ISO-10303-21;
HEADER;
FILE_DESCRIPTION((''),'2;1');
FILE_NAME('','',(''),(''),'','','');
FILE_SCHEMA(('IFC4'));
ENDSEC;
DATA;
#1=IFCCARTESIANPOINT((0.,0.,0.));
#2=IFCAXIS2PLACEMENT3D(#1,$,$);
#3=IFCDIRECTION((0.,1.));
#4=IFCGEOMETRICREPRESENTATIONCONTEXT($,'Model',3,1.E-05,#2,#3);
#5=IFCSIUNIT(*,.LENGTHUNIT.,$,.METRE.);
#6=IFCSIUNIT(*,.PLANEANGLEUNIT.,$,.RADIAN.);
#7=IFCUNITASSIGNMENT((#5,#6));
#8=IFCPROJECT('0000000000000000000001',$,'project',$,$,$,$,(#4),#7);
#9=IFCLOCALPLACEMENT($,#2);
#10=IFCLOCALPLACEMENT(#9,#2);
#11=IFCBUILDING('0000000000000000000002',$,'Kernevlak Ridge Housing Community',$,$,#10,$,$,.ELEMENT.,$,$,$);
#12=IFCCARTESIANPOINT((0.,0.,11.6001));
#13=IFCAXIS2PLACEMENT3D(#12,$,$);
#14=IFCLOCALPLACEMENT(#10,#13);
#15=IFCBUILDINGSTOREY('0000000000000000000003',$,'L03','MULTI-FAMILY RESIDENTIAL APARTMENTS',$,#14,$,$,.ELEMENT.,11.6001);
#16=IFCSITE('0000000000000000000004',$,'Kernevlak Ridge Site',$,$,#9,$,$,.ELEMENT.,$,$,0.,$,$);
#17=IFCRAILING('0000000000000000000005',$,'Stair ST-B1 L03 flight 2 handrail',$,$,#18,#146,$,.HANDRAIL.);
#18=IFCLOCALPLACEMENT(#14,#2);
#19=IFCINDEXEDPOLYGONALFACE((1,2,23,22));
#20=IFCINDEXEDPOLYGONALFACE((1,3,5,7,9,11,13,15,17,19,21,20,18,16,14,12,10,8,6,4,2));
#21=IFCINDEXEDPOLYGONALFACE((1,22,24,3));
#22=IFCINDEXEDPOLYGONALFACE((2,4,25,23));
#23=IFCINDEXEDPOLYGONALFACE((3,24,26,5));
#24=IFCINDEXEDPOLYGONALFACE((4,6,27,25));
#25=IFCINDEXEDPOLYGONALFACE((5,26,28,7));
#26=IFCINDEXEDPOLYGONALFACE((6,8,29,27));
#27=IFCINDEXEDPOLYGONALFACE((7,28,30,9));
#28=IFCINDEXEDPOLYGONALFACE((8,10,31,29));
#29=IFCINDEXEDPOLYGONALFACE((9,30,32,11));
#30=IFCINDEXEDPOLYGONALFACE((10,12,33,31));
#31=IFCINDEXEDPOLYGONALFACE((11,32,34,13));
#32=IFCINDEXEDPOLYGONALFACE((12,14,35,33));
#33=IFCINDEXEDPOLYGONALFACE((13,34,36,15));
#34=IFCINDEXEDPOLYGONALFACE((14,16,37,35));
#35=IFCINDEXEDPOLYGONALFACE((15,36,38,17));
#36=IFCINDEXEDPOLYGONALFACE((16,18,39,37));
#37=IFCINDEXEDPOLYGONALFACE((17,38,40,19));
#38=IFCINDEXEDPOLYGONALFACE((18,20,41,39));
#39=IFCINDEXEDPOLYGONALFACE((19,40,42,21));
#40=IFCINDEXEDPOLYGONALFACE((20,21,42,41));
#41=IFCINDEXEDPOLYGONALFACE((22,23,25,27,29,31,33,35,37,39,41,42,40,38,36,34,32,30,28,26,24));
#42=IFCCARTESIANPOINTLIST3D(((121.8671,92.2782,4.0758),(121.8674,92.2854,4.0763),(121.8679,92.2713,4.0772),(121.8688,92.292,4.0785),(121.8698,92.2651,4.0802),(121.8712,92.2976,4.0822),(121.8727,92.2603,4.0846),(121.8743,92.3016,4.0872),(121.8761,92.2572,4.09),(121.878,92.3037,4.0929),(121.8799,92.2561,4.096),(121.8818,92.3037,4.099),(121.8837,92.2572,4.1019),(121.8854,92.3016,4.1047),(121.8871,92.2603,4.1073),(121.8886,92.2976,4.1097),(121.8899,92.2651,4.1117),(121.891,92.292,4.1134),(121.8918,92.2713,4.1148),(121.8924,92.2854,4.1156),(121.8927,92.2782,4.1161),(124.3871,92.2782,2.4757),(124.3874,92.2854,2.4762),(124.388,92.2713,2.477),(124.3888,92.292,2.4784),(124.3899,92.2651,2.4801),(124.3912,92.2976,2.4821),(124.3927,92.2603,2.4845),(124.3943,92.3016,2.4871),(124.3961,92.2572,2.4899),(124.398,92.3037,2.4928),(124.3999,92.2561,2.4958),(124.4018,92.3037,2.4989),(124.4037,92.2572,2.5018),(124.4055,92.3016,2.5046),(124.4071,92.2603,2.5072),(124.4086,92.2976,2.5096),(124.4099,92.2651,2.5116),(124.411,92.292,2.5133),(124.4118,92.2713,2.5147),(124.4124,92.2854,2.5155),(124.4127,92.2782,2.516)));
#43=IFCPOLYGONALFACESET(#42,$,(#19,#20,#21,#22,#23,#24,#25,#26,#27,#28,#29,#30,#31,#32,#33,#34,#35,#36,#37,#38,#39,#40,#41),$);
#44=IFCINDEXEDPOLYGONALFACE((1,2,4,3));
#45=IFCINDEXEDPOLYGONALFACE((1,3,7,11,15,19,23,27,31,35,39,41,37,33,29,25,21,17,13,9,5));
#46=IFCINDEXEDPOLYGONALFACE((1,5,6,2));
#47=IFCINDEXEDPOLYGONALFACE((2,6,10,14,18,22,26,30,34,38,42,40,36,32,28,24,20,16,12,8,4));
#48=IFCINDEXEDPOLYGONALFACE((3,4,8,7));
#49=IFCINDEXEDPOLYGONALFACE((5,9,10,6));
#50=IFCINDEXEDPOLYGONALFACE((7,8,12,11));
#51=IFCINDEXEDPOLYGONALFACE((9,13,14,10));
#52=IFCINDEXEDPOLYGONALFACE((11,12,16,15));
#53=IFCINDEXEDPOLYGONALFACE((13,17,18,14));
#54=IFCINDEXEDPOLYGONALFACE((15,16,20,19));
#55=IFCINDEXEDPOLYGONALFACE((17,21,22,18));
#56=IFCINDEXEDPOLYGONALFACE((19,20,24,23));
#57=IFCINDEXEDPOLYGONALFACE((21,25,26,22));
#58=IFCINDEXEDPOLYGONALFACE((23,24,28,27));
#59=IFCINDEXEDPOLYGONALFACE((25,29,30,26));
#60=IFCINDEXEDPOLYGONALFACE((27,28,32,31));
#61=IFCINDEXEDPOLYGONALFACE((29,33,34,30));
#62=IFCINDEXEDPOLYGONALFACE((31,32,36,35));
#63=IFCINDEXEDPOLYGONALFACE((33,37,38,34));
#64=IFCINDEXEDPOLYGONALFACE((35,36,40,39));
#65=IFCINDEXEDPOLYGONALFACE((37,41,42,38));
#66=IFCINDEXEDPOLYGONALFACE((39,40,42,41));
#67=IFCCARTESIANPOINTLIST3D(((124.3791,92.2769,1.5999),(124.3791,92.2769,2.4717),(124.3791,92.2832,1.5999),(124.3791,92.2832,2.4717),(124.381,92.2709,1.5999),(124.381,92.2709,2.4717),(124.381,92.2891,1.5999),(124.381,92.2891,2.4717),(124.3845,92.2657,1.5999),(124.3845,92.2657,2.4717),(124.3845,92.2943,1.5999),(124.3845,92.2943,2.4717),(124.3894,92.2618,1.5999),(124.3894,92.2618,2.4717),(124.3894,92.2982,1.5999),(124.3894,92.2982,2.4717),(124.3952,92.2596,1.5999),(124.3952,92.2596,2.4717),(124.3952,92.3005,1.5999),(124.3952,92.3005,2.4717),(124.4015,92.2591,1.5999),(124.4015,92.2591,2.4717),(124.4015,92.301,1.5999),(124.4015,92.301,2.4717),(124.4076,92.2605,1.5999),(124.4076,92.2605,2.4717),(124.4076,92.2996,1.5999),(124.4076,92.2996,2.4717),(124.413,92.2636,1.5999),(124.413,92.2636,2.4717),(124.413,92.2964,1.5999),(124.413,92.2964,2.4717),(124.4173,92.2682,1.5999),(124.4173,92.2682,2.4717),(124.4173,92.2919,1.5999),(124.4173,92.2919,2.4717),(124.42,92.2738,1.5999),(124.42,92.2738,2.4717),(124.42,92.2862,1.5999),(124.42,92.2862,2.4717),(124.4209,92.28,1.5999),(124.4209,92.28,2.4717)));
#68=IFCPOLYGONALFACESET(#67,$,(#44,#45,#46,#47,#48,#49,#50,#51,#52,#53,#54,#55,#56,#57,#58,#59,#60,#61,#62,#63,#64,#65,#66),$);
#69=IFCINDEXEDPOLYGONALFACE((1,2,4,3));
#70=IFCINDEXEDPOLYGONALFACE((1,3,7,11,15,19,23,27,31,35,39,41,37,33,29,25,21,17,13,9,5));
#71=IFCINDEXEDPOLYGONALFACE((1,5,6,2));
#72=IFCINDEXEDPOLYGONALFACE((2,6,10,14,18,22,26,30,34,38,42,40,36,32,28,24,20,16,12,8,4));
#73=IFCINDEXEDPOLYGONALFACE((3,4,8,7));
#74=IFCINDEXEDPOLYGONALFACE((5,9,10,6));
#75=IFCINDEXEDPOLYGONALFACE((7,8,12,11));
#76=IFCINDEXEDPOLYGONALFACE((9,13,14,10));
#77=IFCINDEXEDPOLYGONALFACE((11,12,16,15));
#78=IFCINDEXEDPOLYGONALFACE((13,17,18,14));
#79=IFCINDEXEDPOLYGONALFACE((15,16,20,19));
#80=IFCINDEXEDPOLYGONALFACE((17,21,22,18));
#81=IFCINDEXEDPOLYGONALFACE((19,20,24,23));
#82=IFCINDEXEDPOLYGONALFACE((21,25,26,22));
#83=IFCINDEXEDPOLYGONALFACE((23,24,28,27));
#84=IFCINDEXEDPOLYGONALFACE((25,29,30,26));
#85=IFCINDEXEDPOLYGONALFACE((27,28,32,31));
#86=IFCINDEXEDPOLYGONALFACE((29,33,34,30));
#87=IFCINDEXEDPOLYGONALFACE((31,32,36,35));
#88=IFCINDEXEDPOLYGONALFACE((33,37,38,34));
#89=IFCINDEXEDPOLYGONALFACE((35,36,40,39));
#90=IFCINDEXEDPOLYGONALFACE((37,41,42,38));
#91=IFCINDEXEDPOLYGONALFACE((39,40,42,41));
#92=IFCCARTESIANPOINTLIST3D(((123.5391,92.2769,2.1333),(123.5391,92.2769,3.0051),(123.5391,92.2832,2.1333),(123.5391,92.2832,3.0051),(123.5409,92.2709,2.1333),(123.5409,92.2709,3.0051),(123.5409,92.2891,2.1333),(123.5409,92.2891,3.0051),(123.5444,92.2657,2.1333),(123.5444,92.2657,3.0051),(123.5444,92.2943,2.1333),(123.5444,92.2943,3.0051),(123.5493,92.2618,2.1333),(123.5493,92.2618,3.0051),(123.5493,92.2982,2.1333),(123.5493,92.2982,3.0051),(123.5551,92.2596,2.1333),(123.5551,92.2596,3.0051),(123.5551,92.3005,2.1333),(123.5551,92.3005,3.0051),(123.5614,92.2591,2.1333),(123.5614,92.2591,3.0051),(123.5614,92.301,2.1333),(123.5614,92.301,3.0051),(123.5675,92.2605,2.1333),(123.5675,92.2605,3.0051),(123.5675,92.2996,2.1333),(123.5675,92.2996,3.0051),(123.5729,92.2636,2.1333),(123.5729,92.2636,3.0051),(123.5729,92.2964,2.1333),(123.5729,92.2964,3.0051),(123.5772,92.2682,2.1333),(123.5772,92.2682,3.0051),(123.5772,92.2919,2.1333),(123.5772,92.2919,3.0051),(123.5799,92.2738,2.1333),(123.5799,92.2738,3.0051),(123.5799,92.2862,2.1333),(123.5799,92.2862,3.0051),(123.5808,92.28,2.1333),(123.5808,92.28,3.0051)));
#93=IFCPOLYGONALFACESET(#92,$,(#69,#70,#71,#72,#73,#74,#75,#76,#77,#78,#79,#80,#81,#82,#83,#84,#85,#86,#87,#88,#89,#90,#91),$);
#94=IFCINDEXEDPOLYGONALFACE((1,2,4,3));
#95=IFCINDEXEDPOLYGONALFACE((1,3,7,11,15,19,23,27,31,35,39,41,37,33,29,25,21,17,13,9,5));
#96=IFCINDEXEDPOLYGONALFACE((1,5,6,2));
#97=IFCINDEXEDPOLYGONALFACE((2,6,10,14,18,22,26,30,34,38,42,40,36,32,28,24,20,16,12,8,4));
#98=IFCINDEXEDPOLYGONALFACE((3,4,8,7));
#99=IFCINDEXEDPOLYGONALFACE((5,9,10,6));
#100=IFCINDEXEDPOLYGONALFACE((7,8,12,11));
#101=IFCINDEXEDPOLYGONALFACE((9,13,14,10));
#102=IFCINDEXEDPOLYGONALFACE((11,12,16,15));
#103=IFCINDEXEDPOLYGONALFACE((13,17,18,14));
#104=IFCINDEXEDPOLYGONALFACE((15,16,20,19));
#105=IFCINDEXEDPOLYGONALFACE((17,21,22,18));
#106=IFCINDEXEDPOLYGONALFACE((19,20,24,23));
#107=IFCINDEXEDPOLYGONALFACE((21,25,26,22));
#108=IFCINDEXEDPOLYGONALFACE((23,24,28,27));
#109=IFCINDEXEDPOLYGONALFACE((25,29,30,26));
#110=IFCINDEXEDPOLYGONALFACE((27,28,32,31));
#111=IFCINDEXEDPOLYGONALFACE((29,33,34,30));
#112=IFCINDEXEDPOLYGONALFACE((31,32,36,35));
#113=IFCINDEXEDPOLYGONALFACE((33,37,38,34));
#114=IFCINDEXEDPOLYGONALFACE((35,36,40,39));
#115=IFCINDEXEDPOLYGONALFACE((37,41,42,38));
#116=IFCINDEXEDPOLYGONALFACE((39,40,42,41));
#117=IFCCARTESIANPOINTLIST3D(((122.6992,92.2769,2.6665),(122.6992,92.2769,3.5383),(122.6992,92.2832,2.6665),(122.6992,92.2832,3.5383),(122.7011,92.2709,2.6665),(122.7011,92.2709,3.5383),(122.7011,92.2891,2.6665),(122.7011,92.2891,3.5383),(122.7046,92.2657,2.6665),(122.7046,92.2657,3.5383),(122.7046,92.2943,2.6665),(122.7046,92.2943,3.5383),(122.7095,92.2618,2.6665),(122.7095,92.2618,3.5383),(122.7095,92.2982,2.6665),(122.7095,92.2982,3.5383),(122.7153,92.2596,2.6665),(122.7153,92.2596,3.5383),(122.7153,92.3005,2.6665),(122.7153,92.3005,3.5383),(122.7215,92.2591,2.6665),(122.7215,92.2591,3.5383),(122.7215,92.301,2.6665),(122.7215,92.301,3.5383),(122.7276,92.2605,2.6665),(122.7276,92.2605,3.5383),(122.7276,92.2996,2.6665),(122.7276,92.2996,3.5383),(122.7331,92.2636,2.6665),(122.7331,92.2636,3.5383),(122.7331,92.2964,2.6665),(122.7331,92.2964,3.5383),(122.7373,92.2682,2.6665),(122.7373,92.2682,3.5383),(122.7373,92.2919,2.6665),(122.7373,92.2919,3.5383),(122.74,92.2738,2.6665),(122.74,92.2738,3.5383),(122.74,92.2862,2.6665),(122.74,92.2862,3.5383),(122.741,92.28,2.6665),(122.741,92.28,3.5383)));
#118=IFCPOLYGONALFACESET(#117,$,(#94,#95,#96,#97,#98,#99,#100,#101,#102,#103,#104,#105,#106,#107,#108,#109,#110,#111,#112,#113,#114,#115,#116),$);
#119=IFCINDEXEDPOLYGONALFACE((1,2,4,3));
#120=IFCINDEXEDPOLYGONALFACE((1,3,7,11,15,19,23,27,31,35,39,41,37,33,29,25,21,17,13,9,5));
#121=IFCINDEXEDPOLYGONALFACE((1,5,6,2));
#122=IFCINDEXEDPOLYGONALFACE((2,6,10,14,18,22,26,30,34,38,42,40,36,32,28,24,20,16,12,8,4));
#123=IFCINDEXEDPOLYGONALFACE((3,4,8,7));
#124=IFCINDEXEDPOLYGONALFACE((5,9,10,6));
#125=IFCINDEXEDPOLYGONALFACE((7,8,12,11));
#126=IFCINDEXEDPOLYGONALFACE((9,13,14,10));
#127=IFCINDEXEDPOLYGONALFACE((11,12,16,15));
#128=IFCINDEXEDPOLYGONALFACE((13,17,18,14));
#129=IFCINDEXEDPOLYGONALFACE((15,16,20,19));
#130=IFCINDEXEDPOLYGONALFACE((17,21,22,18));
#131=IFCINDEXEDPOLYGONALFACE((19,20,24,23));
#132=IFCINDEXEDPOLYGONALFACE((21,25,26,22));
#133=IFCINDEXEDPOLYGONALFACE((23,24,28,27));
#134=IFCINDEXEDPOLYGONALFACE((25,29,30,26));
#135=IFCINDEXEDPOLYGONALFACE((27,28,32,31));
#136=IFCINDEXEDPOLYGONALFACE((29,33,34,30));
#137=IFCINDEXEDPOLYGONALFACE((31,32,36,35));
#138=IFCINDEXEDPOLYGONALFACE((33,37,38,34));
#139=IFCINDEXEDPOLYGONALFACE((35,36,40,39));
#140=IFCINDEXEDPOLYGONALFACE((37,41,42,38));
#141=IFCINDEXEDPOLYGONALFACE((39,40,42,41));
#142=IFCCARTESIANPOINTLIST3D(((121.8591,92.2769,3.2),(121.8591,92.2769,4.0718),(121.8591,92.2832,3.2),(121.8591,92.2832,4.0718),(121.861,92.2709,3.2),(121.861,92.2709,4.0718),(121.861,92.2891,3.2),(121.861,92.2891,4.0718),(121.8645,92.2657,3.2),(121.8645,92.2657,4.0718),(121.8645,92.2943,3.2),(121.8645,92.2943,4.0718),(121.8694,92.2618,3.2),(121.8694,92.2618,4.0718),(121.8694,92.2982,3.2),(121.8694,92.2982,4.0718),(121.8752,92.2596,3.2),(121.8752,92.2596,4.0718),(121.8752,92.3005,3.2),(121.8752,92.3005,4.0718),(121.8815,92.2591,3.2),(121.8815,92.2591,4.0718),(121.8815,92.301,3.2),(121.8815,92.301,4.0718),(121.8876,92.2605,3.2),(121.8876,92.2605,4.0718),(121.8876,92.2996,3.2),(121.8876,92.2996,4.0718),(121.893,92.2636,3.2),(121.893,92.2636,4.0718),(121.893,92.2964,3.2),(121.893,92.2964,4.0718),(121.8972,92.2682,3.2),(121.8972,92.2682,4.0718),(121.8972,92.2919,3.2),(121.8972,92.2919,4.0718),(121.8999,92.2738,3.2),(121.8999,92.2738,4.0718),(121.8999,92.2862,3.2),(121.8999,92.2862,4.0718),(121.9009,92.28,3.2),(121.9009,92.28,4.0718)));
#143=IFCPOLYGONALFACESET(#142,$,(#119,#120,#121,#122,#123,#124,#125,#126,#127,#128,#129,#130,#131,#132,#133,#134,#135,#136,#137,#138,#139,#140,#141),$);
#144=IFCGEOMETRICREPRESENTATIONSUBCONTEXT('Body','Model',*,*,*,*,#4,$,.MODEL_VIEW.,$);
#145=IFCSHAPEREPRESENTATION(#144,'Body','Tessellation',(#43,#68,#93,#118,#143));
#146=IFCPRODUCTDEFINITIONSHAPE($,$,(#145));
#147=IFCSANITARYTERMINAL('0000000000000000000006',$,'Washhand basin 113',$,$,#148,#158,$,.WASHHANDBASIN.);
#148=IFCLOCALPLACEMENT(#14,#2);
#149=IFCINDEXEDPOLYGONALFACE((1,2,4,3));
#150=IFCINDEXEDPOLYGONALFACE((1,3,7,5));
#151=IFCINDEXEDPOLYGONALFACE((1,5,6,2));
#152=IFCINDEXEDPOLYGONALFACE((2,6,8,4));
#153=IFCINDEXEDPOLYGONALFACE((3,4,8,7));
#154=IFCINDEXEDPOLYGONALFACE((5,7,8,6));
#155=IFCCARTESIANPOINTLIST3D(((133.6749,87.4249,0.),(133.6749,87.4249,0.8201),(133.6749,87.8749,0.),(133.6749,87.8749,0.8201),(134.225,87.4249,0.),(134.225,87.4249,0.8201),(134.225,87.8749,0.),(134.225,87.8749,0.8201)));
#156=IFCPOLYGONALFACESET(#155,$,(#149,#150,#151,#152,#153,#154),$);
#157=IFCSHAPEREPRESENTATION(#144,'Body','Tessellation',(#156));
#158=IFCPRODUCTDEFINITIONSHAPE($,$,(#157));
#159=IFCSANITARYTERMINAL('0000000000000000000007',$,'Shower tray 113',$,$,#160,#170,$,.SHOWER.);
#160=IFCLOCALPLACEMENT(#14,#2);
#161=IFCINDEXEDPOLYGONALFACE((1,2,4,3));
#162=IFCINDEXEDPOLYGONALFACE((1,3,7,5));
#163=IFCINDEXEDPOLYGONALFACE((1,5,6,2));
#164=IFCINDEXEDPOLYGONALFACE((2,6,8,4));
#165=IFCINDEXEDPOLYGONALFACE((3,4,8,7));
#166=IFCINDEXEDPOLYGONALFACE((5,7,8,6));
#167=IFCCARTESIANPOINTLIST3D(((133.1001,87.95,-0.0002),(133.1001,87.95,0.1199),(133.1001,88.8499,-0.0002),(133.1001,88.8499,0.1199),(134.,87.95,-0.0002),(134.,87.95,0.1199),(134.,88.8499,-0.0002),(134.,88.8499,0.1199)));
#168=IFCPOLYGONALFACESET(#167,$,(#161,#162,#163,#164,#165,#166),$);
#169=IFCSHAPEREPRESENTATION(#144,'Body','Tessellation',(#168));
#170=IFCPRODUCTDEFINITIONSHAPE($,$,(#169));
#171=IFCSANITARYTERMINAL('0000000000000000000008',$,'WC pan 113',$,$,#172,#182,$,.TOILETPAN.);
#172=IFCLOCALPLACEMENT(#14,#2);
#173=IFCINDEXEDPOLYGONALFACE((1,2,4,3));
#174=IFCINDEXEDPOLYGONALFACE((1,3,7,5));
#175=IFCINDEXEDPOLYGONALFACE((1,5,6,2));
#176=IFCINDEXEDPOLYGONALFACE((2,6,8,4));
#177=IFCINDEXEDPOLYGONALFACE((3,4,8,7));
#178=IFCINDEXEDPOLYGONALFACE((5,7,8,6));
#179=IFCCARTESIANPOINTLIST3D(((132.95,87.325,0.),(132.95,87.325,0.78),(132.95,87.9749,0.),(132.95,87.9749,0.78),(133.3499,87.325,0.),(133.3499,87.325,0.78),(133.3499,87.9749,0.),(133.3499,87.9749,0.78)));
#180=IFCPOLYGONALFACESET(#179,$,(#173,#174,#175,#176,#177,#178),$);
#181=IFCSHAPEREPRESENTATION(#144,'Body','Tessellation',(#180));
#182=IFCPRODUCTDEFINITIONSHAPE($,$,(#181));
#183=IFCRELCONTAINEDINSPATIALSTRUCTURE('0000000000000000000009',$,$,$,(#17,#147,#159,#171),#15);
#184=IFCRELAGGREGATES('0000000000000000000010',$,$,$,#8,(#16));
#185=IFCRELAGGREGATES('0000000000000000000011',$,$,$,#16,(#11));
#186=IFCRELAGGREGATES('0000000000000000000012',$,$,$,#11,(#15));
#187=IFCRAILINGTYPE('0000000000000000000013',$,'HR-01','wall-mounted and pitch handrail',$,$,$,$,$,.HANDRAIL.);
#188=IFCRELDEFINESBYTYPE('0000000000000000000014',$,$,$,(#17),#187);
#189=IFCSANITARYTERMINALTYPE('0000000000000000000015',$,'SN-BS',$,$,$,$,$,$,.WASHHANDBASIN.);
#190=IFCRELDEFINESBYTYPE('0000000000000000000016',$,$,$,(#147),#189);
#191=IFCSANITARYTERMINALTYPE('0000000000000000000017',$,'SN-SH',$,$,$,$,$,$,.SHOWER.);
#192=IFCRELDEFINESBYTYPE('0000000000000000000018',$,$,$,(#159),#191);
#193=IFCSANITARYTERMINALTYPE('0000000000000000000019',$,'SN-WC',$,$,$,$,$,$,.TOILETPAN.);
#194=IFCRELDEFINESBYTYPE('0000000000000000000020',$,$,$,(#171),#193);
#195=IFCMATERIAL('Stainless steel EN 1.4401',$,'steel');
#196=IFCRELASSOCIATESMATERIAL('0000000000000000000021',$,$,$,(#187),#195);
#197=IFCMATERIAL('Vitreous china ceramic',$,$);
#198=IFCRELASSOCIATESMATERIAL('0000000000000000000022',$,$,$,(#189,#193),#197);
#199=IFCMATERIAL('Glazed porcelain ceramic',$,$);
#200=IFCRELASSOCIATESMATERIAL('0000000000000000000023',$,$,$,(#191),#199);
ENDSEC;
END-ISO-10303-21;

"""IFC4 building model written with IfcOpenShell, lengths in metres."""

from ifc_helpers import new_model, si_unit, direction, frame, origin, origin_2d, place, context, subcontext, project, spatial, rectangle, circle, extrude, material, type_object, element, save


model = new_model("IFC4")

# Units and contexts
model_context = context("Model", 3, precision=1e-05, world=origin(), true_north=direction((0.0, 1.0)))
body_context = subcontext(model_context, "Body", "Model", "MODEL_VIEW")
ifc_project = project(units=[si_unit("LENGTHUNIT", "METRE"), si_unit("PLANEANGLEUNIT", "RADIAN")], contexts=[model_context])

# Site, building, storey
site_placement = place(None, origin())
site = spatial("IfcSite", under=ifc_project, at=site_placement, Name="Kernevlak Ridge Site", CompositionType="ELEMENT", RefElevation=0.0)
building_placement = place(site_placement, origin())
building = spatial("IfcBuilding", under=site, at=building_placement, Name="Kernevlak Ridge Housing Community", CompositionType="ELEMENT")
storey_placement = place(building_placement, frame((0.0, 0.0, 11.6001)))
storey = spatial("IfcBuildingStorey", under=building, at=storey_placement, Name="L03", Description="MULTI-FAMILY RESIDENTIAL APARTMENTS", CompositionType="ELEMENT", Elevation=11.6001)

# Shared definitions
ifc_material_1 = material(Name="Stainless steel EN 1.4401", Category="steel")

# Railing
railing_type_1 = type_object("IfcRailingType", Name="HR-01", Description="wall-mounted and pitch handrail", PredefinedType="HANDRAIL", material=ifc_material_1)
railing_1_placement = place(storey_placement, frame((124.3999, 92.28, 1.5999)))
element("IfcRailing", 1, at=railing_1_placement, inside=storey, type_object=railing_type_1, Name="Stair ST-B1 L03 flight 2 handrail", PredefinedType="HANDRAIL", context=body_context, shape_type="SweptSolid", body=[
    extrude(circle(Radius=0.0239, at=origin_2d()), frame((0.0, 0.0, 0.896), z_axis=(-0.8442, 0.0, 0.536028), x_axis=(0.0, -1.0, 0.0)), (0.0, 0.0, 1.0), 2.9851),
    extrude(circle(Radius=0.021, at=origin_2d()), origin(), (0.0, 0.0, 1.0), 0.8718),
    extrude(circle(Radius=0.021, at=origin_2d()), frame((-0.8401, 0.0, 0.5334)), (0.0, 0.0, 1.0), 0.8718),
    extrude(circle(Radius=0.021, at=origin_2d()), frame((-1.6799, 0.0, 1.0667)), (0.0, 0.0, 1.0), 0.8718),
    extrude(circle(Radius=0.021, at=origin_2d()), frame((-2.52, 0.0, 1.6001)), (0.0, 0.0, 1.0), 0.8718),
])

# Sanitary terminals
ifc_material_2 = material(Name="Vitreous china ceramic")
sanitary_terminal_type_1 = type_object("IfcSanitaryTerminalType", Name="SN-BS", PredefinedType="WASHHANDBASIN", material=ifc_material_2)
sanitary_terminal_1_placement = place(storey_placement, frame((133.95, 87.6499, 0.0), z_axis=(0.0, 0.0, 1.0), x_axis=(1.0, 0.0, 0.0)))
element("IfcSanitaryTerminal", 2, at=sanitary_terminal_1_placement, inside=storey, type_object=sanitary_terminal_type_1, Name="Washhand basin 113", PredefinedType="WASHHANDBASIN", context=body_context, shape_type="SweptSolid", body=[
    extrude(rectangle(XDim=0.55, YDim=0.45, at=origin_2d()), origin(), (0.0, 0.0, 1.0), 0.8201),
])
ifc_material_3 = material(Name="Glazed porcelain ceramic")
sanitary_terminal_type_2 = type_object("IfcSanitaryTerminalType", Name="SN-SH", PredefinedType="SHOWER", material=ifc_material_3)
sanitary_terminal_2_placement = place(storey_placement, frame((133.55, 88.3999, -0.0002), z_axis=(0.0, 0.0, 1.0), x_axis=(1.0, 0.0, 0.0)))
element("IfcSanitaryTerminal", 3, at=sanitary_terminal_2_placement, inside=storey, type_object=sanitary_terminal_type_2, Name="Shower tray 113", PredefinedType="SHOWER", context=body_context, shape_type="SweptSolid", body=[
    extrude(rectangle(XDim=0.8999, YDim=0.8999, at=origin_2d()), origin(), (0.0, 0.0, 1.0), 0.1201),
])
sanitary_terminal_type_3 = type_object("IfcSanitaryTerminalType", Name="SN-WC", PredefinedType="TOILETPAN", material=ifc_material_2)
sanitary_terminal_3_placement = place(storey_placement, frame((133.1499, 87.6499, 0.0), z_axis=(0.0, 0.0, 1.0), x_axis=(1.0, 0.0, 0.0)))
element("IfcSanitaryTerminal", 4, at=sanitary_terminal_3_placement, inside=storey, type_object=sanitary_terminal_type_3, Name="WC pan 113", PredefinedType="TOILETPAN", context=body_context, shape_type="SweptSolid", body=[
    extrude(rectangle(XDim=0.3999, YDim=0.6499, at=origin_2d()), origin(), (0.0, 0.0, 1.0), 0.78),
])

save(model, "model.ifc")
